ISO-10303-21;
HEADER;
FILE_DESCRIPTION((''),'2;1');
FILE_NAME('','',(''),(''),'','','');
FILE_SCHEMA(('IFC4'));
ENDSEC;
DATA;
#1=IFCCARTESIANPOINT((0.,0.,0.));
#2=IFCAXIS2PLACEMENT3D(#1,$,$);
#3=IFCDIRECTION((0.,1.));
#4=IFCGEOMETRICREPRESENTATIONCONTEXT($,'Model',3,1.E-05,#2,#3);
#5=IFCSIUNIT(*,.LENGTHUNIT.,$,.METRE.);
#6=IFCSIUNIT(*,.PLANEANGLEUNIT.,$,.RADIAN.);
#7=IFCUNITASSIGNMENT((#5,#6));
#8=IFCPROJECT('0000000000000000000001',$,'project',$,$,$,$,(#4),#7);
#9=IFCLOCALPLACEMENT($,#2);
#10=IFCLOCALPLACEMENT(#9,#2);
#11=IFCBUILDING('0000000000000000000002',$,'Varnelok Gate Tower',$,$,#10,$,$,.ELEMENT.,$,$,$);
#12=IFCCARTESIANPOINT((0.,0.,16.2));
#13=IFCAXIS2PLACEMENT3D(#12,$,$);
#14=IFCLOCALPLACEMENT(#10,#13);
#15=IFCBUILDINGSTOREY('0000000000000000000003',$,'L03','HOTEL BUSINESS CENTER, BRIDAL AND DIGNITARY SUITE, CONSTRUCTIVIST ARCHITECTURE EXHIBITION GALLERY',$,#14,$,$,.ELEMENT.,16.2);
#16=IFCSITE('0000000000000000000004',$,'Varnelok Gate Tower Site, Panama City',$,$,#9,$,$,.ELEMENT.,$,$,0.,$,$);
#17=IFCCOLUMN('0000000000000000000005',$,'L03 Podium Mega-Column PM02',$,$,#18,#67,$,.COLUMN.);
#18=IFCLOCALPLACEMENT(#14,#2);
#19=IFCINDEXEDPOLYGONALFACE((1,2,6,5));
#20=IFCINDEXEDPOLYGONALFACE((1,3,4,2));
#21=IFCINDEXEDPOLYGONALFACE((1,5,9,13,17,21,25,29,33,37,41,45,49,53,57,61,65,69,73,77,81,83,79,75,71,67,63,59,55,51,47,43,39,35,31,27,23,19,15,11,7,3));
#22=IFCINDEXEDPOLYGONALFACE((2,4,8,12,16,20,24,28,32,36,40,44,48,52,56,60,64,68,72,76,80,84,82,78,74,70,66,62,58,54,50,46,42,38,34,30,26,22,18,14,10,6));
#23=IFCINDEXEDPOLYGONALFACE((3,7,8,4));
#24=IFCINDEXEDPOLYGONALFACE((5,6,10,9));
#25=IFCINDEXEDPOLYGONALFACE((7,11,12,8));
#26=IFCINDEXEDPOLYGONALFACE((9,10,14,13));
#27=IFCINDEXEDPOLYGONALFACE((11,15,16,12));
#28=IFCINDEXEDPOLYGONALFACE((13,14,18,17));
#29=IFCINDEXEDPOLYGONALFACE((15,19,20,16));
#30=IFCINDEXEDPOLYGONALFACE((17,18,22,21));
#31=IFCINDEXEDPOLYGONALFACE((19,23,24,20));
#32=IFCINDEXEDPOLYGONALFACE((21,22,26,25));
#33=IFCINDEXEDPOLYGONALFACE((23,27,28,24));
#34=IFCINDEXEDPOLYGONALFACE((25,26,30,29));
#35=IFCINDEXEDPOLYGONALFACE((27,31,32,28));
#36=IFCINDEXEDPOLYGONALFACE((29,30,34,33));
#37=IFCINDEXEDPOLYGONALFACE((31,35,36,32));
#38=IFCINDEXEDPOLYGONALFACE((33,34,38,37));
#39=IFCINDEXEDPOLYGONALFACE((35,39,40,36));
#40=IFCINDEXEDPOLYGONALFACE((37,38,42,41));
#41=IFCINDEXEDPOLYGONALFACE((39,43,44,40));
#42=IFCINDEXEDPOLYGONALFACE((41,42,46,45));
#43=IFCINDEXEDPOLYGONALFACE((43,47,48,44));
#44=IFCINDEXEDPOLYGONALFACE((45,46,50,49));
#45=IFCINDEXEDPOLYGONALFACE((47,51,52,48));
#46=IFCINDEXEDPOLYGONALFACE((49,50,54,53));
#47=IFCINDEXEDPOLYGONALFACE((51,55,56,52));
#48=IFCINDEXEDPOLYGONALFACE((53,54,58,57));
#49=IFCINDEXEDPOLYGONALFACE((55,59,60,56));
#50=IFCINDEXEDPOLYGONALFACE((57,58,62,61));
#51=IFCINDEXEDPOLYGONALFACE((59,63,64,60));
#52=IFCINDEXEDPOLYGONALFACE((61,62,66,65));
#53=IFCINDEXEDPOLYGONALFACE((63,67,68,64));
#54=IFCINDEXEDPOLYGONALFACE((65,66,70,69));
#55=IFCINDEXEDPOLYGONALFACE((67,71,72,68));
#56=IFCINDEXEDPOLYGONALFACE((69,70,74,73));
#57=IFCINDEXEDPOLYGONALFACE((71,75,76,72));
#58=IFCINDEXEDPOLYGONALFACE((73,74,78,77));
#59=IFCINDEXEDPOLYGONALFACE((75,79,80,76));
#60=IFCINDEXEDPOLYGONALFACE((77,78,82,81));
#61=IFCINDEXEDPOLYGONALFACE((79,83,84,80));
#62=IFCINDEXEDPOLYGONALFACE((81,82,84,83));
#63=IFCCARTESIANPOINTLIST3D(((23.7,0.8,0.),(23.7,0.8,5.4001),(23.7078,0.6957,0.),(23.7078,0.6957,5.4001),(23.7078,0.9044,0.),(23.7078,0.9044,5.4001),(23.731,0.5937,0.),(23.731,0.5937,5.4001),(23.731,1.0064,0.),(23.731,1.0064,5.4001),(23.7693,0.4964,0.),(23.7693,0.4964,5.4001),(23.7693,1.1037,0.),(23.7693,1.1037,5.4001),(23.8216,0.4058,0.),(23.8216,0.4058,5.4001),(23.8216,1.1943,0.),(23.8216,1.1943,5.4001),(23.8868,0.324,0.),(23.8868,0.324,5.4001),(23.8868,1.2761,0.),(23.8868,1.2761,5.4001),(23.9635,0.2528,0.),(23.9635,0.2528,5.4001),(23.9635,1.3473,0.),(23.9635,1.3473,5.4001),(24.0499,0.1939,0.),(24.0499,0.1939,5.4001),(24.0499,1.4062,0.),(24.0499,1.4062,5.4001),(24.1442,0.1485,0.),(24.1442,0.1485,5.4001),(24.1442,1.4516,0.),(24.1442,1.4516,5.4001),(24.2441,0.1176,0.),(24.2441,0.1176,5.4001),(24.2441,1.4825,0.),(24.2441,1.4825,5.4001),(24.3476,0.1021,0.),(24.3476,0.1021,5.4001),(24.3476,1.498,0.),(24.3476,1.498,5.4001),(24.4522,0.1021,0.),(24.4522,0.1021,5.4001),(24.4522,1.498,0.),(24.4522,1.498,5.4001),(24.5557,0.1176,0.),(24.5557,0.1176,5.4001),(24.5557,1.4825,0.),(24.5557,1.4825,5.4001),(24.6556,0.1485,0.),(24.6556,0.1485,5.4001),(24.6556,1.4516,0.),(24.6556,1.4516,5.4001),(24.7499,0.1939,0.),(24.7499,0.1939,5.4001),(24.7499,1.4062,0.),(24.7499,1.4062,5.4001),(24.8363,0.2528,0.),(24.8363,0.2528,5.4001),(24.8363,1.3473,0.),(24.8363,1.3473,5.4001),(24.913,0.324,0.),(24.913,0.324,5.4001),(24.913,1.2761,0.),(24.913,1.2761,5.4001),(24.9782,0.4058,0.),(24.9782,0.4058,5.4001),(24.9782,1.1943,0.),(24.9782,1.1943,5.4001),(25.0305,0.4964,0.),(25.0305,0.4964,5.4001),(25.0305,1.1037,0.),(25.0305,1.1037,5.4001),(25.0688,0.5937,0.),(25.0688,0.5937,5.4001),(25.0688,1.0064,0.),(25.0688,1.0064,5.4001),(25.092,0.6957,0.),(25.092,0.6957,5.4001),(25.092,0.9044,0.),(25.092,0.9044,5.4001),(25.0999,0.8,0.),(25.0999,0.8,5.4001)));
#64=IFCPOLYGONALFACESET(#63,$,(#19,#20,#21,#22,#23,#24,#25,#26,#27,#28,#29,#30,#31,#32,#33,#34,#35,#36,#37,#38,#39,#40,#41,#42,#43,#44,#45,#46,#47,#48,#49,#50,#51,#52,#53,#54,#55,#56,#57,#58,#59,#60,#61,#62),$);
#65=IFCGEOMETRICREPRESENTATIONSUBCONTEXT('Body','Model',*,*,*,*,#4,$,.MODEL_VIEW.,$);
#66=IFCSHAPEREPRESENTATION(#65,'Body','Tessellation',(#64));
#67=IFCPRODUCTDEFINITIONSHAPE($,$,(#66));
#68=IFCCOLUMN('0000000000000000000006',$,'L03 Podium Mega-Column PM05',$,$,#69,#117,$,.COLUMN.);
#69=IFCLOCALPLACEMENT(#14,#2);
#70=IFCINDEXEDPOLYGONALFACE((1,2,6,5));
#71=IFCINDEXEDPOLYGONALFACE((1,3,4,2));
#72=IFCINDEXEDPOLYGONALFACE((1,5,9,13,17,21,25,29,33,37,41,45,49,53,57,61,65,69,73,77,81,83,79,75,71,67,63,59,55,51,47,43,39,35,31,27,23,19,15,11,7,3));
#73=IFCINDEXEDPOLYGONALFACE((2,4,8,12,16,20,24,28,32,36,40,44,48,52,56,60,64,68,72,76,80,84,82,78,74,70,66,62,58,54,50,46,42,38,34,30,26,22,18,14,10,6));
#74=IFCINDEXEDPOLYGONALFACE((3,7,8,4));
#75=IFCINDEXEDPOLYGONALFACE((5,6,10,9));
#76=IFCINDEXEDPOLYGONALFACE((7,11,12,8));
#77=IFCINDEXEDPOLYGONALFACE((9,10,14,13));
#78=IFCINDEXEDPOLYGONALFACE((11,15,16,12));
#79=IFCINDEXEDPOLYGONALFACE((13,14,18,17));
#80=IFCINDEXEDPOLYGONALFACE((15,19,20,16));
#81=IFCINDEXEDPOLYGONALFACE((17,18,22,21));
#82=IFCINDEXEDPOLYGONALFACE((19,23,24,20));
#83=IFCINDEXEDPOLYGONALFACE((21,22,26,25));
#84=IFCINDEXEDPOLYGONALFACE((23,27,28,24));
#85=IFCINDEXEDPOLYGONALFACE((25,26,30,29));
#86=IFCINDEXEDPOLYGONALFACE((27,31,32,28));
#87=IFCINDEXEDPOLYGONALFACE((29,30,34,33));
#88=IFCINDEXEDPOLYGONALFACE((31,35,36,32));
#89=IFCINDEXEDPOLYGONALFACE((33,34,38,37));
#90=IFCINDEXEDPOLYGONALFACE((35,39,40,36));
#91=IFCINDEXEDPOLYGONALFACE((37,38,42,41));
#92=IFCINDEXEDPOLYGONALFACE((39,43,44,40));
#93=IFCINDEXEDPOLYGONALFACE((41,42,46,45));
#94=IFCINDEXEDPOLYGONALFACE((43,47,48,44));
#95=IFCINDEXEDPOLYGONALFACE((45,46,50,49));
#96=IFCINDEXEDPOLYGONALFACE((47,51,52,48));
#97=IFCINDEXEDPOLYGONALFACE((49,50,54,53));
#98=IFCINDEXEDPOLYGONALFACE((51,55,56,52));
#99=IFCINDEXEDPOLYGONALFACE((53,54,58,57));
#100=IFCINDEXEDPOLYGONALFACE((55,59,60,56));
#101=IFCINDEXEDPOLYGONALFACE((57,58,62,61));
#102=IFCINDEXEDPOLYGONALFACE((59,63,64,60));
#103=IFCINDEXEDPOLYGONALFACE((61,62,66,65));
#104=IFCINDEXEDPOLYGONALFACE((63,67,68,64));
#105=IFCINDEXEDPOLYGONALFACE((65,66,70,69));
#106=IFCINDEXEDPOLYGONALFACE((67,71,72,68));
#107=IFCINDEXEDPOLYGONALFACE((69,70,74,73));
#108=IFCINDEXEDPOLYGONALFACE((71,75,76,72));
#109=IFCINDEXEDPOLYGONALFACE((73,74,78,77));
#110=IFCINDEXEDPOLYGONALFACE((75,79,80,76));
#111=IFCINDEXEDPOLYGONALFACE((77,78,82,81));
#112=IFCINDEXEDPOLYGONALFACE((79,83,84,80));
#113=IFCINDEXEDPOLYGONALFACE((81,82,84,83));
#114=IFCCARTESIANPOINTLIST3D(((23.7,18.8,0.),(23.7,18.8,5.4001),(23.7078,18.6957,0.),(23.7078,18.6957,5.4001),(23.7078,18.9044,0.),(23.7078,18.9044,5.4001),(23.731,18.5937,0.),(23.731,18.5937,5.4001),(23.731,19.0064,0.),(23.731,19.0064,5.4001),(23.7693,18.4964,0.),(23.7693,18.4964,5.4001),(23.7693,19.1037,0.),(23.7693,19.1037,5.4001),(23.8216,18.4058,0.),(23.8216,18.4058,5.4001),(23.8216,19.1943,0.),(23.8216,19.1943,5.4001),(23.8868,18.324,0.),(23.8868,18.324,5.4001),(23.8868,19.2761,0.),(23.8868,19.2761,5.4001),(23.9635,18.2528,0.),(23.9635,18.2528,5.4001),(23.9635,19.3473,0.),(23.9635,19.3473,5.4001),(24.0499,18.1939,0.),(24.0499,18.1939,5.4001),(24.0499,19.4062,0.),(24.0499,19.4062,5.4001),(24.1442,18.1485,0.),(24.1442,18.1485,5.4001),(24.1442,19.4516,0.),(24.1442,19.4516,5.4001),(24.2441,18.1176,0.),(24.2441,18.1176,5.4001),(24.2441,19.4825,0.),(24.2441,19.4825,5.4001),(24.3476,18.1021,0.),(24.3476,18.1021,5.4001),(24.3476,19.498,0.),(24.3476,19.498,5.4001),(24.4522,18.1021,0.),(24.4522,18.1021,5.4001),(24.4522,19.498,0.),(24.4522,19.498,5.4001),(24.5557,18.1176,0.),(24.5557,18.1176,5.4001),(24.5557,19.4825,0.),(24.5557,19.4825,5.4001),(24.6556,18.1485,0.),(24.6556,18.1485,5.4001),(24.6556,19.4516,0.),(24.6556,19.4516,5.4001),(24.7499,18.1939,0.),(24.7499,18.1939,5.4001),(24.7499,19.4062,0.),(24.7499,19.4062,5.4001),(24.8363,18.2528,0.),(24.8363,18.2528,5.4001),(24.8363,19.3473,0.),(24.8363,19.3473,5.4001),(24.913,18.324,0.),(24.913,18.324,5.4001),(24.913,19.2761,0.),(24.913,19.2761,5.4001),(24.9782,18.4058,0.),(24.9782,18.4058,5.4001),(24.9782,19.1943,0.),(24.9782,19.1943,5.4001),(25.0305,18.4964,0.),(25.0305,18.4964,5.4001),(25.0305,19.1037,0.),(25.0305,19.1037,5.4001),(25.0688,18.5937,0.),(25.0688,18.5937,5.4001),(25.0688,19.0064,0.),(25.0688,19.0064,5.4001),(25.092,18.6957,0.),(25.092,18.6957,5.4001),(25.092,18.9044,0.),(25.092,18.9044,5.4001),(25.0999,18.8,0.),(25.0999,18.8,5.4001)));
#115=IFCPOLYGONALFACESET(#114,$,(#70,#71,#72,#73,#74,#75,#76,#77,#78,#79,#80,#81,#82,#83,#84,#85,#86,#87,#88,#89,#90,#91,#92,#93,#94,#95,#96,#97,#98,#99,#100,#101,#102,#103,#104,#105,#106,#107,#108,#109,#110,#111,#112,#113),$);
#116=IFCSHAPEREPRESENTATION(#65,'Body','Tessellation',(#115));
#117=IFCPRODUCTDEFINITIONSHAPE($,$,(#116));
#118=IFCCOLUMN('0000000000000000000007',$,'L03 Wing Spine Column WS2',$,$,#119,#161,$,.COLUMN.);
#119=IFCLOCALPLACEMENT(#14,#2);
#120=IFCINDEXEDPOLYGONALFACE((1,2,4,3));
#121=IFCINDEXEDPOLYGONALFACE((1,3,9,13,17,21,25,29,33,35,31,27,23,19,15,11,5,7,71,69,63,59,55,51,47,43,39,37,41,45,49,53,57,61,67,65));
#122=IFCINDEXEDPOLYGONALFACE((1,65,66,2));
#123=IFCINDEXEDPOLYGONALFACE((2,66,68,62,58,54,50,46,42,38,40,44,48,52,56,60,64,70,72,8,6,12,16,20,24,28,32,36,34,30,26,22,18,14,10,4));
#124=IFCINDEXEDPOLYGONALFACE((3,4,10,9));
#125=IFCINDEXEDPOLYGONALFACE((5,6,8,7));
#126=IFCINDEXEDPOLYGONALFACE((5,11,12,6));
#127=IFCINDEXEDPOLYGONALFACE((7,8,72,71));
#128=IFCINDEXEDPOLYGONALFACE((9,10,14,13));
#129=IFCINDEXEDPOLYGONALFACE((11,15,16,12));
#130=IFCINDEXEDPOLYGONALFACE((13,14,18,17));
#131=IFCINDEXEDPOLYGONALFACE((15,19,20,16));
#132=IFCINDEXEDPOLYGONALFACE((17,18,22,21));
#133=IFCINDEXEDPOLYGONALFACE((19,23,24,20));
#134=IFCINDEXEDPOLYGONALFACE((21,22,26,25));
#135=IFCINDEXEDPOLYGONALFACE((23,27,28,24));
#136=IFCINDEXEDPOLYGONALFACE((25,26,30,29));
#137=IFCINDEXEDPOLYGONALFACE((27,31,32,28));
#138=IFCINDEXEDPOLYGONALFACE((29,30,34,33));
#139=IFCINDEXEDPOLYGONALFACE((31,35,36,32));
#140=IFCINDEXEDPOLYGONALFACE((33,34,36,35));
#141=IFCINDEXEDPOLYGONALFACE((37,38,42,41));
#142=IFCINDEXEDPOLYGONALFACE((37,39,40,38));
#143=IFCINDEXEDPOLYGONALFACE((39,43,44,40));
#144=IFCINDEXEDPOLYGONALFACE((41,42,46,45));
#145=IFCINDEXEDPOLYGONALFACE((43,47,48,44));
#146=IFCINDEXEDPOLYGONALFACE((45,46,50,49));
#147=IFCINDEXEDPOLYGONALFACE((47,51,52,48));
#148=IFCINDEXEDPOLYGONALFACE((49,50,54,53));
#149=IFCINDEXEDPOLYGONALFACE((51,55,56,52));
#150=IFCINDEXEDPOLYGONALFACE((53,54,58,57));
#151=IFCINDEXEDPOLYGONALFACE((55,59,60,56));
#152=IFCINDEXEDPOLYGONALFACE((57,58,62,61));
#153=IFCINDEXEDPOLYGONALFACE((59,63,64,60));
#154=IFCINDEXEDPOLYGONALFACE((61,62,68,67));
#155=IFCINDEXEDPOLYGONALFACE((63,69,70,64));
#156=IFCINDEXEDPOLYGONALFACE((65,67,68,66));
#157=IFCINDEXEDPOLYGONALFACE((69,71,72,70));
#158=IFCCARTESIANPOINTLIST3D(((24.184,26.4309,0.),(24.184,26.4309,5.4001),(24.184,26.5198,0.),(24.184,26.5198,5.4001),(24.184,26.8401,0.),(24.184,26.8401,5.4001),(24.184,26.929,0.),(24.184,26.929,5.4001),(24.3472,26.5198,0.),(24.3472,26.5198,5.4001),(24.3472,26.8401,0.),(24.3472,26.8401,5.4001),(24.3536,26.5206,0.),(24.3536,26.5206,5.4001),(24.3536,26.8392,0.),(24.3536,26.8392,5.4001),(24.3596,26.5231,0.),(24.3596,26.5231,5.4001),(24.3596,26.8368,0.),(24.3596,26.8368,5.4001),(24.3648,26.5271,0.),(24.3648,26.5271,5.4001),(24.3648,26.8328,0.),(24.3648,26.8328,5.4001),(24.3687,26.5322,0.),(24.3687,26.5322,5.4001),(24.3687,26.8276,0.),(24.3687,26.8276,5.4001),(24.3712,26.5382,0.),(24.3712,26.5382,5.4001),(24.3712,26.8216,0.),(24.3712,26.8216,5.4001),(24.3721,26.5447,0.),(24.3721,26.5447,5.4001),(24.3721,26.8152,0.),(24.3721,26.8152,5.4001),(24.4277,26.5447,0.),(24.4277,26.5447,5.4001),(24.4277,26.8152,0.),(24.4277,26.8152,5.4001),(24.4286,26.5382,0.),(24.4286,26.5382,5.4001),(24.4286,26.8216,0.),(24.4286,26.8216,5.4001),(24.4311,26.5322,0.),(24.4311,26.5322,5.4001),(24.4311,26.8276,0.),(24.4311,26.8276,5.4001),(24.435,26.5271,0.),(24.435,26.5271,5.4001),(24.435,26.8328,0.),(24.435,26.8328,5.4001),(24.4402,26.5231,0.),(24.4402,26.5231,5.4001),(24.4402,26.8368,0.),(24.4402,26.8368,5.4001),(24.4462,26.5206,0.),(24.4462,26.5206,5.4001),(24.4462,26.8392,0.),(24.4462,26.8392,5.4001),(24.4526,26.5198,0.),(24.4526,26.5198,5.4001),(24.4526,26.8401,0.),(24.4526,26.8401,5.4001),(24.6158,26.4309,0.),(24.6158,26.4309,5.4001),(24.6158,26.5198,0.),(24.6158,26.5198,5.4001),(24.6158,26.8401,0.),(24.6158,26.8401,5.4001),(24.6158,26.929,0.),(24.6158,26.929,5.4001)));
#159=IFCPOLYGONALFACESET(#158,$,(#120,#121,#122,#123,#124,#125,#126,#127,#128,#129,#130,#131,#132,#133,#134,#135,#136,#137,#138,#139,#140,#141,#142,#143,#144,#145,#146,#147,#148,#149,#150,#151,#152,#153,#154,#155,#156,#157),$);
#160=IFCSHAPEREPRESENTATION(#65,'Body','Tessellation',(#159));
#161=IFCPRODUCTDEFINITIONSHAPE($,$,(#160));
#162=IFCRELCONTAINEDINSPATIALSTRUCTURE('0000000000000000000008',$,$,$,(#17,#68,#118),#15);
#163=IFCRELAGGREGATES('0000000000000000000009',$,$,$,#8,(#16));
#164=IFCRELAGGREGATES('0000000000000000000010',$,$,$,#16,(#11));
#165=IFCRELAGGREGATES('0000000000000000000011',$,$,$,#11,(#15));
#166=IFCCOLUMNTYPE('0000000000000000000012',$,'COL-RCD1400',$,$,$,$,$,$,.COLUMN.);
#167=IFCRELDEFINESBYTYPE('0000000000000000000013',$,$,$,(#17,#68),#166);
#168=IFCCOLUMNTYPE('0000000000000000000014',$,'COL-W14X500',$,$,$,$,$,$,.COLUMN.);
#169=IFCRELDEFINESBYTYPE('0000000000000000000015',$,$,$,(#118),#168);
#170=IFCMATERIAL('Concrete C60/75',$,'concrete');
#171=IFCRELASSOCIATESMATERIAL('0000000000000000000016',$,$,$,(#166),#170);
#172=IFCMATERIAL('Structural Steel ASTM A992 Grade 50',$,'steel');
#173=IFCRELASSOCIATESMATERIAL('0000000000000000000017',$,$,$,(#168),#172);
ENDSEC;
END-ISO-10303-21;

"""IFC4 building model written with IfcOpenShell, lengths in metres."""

from ifc_helpers import new_model, si_unit, direction, frame, origin, origin_2d, place, context, subcontext, project, spatial, circle, i_section, extrude, material, material_profile, profile_set, type_object, element, save


model = new_model("IFC4")

# Units and contexts
model_context = context("Model", 3, precision=1e-05, world=origin(), true_north=direction((0.0, 1.0)))
body_context = subcontext(model_context, "Body", "Model", "MODEL_VIEW")
ifc_project = project(units=[si_unit("LENGTHUNIT", "METRE"), si_unit("PLANEANGLEUNIT", "RADIAN")], contexts=[model_context])

# Site, building, storey
site_placement = place(None, origin())
site = spatial("IfcSite", under=ifc_project, at=site_placement, Name="Varnelok Gate Tower Site, Panama City", CompositionType="ELEMENT", RefElevation=0.0)
building_placement = place(site_placement, origin())
building = spatial("IfcBuilding", under=site, at=building_placement, Name="Varnelok Gate Tower", CompositionType="ELEMENT")
storey_placement = place(building_placement, frame((0.0, 0.0, 16.2)))
storey = spatial("IfcBuildingStorey", under=building, at=storey_placement, Name="L03", Description="HOTEL BUSINESS CENTER, BRIDAL AND DIGNITARY SUITE, CONSTRUCTIVIST ARCHITECTURE EXHIBITION GALLERY", CompositionType="ELEMENT", Elevation=16.2)

# Columns
ifc_material_1 = material(Name="Concrete C60/75", Category="concrete")
ifc_material_profile_1 = material_profile(ifc_material_1, circle(Radius=0.7, at=origin_2d()), Name="RCD1400")
ifc_profile_set_1 = profile_set([ifc_material_profile_1], Name="Concrete C60/75")
column_type_1 = type_object("IfcColumnType", Name="COL-RCD1400", PredefinedType="COLUMN", material=ifc_profile_set_1)
for number, where, z_axis, x_axis, name in (
    (1, (24.3999, 0.8, 0.0), (0.0, 0.0, 1.0), (1.0, 0.0, 0.0), "L03 Podium Mega-Column PM02"),
    (2, (24.3999, 18.8, 0.0), (0.0, 0.0, 1.0), (1.0, 0.0, 0.0), "L03 Podium Mega-Column PM05"),
):
    element("IfcColumn", number, at=place(storey_placement, frame(where, z_axis=z_axis, x_axis=x_axis)), inside=storey, type_object=column_type_1, Name=name, PredefinedType="COLUMN", context=body_context, shape_type="SweptSolid", body=[
        extrude(circle(Radius=0.7, at=origin_2d()), origin(), (0.0, 0.0, 1.0), 5.4001),
    ])
ifc_material_2 = material(Name="Structural Steel ASTM A992 Grade 50", Category="steel")
ifc_material_profile_2 = material_profile(ifc_material_2, i_section(OverallWidth=0.4319, OverallDepth=0.498, WebThickness=0.0557, FlangeThickness=0.0889, FilletRadius=0.0249, at=origin_2d()), Name="W14X500")
ifc_profile_set_2 = profile_set([ifc_material_profile_2], Name="Structural Steel ASTM A992 Grade 50")
column_type_2 = type_object("IfcColumnType", Name="COL-W14X500", PredefinedType="COLUMN", material=ifc_profile_set_2)
column_placement = place(storey_placement, frame((24.3999, 26.6799, 0.0), z_axis=(0.0, 0.0, 1.0), x_axis=(1.0, 0.0, 0.0)))
element("IfcColumn", 3, at=column_placement, inside=storey, type_object=column_type_2, Name="L03 Wing Spine Column WS2", PredefinedType="COLUMN", context=body_context, shape_type="SweptSolid", body=[
    extrude(i_section(OverallWidth=0.4319, OverallDepth=0.498, WebThickness=0.0557, FlangeThickness=0.0889, FilletRadius=0.0249, at=origin_2d()), origin(), (0.0, 0.0, 1.0), 5.4001),
])

save(model, "model.ifc")
